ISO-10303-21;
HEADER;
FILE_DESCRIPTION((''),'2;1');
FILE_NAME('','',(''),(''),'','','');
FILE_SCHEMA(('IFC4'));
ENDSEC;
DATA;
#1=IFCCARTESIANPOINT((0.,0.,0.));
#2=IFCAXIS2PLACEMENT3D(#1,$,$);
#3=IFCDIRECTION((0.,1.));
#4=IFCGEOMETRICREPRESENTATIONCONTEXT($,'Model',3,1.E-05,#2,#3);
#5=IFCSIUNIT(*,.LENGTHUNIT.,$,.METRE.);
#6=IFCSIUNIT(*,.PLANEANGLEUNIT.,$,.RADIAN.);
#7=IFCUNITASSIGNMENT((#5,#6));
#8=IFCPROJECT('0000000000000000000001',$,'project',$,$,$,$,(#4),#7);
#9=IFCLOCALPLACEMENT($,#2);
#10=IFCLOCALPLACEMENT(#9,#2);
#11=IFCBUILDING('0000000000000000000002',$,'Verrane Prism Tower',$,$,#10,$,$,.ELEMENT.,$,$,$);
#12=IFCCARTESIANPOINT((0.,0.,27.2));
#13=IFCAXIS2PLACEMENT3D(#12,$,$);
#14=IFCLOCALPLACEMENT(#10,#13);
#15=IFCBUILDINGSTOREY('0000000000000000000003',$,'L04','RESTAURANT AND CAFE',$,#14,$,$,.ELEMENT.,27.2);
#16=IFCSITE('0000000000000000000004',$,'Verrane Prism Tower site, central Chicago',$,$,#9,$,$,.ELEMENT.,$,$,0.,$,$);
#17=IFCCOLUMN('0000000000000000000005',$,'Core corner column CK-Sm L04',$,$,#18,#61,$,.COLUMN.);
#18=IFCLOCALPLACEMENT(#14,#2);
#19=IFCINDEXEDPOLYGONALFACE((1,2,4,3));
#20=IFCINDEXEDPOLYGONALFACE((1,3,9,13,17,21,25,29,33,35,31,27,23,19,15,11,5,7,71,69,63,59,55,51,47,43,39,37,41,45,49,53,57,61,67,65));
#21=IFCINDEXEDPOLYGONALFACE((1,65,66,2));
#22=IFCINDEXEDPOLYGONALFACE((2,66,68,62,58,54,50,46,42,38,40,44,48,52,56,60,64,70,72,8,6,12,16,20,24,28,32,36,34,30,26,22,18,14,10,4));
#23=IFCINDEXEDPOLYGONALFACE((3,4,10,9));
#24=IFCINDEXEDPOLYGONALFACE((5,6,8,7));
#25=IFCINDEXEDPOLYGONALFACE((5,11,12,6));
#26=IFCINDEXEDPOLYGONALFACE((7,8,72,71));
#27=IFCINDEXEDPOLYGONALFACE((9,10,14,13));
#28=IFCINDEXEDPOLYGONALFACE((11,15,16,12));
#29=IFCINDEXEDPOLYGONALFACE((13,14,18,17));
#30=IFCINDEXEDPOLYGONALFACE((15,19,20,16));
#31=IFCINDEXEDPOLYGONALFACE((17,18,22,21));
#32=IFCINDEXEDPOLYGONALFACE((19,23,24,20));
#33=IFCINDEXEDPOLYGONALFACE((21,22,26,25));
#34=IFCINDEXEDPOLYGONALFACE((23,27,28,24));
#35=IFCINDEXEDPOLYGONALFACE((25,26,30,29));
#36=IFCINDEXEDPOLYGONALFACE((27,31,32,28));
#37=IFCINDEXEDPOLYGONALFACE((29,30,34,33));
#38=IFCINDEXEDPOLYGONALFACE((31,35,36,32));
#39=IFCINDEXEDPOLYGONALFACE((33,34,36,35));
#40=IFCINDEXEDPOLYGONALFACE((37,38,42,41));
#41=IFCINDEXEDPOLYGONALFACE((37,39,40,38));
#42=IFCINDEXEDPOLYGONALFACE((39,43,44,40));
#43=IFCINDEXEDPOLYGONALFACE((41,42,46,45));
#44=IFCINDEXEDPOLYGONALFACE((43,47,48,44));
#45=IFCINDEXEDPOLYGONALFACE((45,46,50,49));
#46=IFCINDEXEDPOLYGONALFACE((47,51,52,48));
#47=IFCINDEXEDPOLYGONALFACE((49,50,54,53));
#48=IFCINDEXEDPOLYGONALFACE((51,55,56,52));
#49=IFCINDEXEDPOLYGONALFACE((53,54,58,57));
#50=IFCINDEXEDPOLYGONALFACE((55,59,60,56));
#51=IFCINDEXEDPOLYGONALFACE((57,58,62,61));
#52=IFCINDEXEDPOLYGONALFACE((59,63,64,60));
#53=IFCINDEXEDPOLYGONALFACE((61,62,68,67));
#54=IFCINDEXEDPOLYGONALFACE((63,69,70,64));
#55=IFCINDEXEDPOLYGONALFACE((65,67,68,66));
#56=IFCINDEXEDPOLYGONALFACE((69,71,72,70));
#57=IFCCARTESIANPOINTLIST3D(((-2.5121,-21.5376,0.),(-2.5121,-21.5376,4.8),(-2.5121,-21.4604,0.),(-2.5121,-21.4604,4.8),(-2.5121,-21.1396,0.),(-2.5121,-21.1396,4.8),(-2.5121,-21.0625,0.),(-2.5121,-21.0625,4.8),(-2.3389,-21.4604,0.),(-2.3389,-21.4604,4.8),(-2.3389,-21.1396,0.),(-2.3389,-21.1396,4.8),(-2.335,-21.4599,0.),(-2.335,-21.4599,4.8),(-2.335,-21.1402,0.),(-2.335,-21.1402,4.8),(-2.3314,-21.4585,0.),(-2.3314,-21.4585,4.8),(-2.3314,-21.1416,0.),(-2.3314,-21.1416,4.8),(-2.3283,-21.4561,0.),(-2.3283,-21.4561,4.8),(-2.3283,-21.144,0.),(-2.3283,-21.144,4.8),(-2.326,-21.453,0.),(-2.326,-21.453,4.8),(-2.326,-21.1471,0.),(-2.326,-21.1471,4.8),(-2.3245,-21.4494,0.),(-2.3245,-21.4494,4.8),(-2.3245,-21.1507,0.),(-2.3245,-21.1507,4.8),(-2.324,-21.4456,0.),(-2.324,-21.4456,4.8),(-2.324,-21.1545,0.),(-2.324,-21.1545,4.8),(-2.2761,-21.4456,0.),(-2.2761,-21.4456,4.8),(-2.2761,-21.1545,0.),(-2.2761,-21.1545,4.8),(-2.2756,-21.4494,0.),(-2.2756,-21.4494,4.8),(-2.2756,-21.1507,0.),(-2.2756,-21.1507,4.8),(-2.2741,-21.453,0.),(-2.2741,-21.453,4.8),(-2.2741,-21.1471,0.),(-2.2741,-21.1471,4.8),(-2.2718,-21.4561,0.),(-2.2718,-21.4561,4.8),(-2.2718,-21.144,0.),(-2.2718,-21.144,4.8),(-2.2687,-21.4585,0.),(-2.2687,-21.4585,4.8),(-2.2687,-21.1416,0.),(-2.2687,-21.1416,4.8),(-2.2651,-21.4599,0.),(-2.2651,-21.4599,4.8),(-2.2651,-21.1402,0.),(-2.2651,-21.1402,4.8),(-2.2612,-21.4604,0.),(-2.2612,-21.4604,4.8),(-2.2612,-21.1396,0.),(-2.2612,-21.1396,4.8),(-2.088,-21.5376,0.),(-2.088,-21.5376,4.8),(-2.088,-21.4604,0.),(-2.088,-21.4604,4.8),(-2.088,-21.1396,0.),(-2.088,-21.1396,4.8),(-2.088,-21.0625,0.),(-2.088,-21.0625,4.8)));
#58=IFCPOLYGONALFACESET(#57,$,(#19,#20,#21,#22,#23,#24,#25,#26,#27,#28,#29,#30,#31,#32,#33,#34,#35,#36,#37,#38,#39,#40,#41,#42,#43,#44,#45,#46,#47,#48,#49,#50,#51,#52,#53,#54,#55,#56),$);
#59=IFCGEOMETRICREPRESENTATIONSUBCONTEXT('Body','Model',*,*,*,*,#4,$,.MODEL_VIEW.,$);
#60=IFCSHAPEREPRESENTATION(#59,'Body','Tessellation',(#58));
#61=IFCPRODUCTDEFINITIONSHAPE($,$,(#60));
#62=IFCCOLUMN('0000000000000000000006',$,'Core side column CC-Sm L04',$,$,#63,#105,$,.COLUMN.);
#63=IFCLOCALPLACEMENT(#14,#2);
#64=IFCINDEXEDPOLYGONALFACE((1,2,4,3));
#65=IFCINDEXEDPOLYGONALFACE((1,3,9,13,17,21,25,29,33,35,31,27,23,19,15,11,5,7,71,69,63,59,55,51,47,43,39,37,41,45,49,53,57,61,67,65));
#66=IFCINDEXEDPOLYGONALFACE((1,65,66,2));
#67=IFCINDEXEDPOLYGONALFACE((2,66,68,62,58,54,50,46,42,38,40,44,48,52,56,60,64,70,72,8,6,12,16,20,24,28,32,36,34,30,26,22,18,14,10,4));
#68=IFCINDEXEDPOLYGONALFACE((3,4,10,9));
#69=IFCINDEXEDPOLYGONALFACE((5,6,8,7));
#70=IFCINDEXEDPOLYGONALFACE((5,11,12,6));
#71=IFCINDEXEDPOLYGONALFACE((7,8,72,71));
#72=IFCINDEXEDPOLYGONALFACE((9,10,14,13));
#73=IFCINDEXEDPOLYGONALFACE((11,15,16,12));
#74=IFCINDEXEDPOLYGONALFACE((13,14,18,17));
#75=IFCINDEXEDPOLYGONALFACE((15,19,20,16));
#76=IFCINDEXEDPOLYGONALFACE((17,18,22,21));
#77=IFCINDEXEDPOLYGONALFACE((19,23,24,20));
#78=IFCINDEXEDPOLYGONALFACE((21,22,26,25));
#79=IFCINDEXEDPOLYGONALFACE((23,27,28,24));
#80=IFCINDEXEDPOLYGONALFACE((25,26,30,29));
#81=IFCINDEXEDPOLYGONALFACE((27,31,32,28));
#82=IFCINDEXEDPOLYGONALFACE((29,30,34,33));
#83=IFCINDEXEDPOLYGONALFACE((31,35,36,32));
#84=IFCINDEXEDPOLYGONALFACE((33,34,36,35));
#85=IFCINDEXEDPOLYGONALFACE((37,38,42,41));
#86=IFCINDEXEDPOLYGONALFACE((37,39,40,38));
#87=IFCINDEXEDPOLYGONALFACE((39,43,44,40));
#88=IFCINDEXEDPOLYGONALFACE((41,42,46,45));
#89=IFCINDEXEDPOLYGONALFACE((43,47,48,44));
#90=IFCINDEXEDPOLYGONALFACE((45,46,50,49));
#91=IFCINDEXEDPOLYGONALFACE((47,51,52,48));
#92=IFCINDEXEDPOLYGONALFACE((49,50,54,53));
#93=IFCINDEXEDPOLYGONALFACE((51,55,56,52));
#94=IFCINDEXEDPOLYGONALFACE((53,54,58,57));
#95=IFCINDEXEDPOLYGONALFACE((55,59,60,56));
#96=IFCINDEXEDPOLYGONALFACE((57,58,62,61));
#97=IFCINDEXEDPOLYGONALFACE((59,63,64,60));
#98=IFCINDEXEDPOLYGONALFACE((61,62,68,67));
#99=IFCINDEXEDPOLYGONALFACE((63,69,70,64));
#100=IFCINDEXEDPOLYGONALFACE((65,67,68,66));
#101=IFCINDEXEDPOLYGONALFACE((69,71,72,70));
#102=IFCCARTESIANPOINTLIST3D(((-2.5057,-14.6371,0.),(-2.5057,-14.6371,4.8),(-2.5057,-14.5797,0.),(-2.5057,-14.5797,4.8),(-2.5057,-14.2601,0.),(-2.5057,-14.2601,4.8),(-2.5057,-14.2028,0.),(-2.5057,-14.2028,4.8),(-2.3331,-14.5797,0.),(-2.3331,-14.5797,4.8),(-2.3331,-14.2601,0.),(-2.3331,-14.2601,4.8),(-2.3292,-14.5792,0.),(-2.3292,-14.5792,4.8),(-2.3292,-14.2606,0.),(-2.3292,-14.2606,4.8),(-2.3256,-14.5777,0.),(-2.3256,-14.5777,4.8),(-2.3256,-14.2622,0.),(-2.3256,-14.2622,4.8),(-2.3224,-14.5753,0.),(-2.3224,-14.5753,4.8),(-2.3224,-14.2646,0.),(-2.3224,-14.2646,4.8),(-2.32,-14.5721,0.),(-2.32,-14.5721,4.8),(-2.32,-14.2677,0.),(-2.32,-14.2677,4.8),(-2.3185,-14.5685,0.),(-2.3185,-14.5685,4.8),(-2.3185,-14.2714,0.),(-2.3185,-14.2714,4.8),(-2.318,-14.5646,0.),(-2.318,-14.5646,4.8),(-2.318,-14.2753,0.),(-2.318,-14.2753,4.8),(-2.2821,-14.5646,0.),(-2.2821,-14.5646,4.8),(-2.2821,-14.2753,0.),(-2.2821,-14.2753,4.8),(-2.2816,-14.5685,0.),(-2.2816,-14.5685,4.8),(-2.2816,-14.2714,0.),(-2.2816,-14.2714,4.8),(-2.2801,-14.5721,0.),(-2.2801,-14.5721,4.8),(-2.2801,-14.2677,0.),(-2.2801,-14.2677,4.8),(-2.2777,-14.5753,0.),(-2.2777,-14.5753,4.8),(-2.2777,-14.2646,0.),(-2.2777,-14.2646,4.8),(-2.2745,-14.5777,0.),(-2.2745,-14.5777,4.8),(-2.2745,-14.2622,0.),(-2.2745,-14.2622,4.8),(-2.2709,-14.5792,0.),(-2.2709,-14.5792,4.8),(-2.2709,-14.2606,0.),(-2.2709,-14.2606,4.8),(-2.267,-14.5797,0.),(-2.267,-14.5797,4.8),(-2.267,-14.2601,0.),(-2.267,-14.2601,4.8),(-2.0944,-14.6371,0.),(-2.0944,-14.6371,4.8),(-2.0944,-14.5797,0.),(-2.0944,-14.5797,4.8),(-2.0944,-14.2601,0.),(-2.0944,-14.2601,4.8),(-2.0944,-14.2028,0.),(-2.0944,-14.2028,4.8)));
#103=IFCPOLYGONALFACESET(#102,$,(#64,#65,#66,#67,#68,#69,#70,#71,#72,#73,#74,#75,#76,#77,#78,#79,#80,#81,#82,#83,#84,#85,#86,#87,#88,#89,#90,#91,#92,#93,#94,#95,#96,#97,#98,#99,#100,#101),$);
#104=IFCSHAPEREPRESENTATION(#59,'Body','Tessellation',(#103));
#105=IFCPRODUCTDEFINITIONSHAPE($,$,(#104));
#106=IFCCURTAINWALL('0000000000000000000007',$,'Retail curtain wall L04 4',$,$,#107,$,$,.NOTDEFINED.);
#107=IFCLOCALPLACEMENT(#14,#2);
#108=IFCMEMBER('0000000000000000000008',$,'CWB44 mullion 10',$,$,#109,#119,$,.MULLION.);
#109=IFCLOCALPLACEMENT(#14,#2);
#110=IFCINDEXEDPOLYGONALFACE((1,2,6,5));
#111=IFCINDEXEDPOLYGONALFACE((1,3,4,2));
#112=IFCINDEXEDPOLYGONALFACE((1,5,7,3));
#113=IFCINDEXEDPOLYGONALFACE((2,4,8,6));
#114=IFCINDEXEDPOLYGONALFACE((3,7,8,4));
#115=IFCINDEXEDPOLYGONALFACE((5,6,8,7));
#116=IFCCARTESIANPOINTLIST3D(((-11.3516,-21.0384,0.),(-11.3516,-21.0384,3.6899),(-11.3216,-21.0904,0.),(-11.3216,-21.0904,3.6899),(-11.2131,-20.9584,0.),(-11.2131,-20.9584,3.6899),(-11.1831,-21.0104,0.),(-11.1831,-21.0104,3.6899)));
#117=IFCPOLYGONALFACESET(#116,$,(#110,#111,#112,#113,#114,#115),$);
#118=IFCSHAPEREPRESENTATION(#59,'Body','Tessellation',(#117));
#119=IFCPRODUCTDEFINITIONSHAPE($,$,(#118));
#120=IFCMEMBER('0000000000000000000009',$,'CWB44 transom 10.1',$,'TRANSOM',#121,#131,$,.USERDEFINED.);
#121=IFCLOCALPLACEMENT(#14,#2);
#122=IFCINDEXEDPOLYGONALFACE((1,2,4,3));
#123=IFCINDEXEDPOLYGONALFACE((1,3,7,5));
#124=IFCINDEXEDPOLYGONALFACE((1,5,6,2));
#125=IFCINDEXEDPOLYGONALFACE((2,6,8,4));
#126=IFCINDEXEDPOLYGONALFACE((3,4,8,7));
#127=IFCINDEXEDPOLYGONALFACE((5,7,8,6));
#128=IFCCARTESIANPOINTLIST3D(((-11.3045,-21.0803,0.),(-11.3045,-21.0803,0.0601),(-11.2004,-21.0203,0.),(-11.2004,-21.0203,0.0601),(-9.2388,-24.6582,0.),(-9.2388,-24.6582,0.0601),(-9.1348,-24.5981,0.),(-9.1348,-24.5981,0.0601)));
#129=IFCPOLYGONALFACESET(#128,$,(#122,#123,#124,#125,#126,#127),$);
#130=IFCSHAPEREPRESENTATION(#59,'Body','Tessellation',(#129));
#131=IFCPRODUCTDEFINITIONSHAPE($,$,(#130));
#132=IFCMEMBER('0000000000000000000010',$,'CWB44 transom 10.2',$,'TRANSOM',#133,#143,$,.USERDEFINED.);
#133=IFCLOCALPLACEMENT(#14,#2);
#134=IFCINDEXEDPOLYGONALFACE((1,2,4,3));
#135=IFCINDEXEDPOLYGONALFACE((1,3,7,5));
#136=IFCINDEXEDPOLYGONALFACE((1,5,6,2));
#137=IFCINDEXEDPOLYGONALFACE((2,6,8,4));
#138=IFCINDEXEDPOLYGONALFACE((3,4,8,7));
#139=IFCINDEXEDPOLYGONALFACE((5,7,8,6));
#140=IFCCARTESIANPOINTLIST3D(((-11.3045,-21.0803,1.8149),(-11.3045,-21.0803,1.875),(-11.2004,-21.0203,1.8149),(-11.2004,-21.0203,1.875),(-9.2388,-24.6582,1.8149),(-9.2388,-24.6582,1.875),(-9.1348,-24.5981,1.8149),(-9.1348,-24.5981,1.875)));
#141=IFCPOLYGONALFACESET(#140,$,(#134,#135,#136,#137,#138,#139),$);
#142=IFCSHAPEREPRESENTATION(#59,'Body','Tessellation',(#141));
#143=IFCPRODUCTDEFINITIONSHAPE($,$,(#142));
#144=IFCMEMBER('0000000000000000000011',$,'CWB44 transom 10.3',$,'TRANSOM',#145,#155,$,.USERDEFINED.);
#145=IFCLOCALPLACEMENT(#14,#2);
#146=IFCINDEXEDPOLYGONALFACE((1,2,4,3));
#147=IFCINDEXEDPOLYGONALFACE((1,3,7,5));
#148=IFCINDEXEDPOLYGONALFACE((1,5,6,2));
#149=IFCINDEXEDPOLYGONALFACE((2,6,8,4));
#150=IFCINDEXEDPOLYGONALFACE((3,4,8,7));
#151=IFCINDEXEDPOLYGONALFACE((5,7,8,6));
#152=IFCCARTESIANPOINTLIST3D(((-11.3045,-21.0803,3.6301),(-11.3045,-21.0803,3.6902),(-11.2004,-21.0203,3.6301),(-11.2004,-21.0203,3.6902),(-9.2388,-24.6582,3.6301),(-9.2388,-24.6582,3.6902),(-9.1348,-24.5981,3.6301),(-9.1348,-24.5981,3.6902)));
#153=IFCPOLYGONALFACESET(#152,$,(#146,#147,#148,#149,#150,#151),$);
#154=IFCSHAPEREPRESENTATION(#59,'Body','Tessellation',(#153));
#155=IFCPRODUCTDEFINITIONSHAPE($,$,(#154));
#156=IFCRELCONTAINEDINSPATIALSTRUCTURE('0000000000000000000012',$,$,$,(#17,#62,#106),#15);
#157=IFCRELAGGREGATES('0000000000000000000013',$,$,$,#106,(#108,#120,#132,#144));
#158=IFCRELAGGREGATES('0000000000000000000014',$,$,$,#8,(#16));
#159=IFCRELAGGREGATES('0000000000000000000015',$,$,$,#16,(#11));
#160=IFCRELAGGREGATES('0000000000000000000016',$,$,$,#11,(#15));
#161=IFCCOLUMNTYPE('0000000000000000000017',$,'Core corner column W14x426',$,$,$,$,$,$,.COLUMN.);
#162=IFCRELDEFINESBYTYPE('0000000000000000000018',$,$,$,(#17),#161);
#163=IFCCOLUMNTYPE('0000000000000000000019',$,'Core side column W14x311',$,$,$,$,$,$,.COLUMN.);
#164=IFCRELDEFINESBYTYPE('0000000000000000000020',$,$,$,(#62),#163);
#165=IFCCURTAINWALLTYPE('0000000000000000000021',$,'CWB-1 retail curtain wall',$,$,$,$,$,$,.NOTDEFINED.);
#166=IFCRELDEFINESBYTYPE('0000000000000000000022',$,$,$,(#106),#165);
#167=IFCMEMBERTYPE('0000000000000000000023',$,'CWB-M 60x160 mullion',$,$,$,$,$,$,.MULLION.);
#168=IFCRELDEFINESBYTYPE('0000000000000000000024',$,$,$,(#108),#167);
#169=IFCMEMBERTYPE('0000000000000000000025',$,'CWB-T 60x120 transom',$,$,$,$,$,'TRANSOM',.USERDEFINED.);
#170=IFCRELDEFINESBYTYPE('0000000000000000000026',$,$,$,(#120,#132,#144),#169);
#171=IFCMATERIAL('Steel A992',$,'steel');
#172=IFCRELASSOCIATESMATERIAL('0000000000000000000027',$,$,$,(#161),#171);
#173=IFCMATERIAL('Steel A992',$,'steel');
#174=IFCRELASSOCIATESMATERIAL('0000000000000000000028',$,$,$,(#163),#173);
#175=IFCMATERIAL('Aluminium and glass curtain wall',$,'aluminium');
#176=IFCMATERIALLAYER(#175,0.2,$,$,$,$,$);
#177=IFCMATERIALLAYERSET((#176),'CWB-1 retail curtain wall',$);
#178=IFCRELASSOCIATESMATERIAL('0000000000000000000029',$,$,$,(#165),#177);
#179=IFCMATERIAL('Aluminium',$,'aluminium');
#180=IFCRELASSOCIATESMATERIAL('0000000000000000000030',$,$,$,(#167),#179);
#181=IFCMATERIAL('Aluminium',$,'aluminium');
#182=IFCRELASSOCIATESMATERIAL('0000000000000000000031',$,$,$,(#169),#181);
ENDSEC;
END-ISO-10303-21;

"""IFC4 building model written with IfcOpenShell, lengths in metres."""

from ifc_helpers import new_model, si_unit, direction, frame, origin, origin_2d, place, context, subcontext, project, spatial, rectangle, i_section, extrude, material, layer, layer_set, material_profile, profile_set, type_object, element, aggregate, save


model = new_model("IFC4")

# Units and contexts
model_context = context("Model", 3, precision=1e-05, world=origin(), true_north=direction((0.0, 1.0)))
body_context = subcontext(model_context, "Body", "Model", "MODEL_VIEW")
ifc_project = project(units=[si_unit("LENGTHUNIT", "METRE"), si_unit("PLANEANGLEUNIT", "RADIAN")], contexts=[model_context])

# Site, building, storey
site_placement = place(None, origin())
site = spatial("IfcSite", under=ifc_project, at=site_placement, Name="Verrane Prism Tower site, central Chicago", CompositionType="ELEMENT", RefElevation=0.0)
building_placement = place(site_placement, origin())
building = spatial("IfcBuilding", under=site, at=building_placement, Name="Verrane Prism Tower", CompositionType="ELEMENT")
storey_placement = place(building_placement, frame((0.0, 0.0, 27.2)))
storey = spatial("IfcBuildingStorey", under=building, at=storey_placement, Name="L04", Description="RESTAURANT AND CAFE", CompositionType="ELEMENT", Elevation=27.2)

# Columns
ifc_material_1 = material(Name="Steel A992", Category="steel")
ifc_material_profile_1 = material_profile(ifc_material_1, i_section(OverallWidth=0.4241, OverallDepth=0.4751, WebThickness=0.0479, FlangeThickness=0.0771, FilletRadius=0.0149, at=origin_2d()), Name="W14x426")
ifc_profile_set_1 = profile_set([ifc_material_profile_1], Name="Steel A992")
column_type_1 = type_object("IfcColumnType", Name="Core corner column W14x426", PredefinedType="COLUMN", material=ifc_profile_set_1)
column_1_placement = place(storey_placement, frame((-2.3, -21.3, 0.0), z_axis=(0.0, 0.0, 1.0), x_axis=(-1.0, 0.0, 0.0)))
element("IfcColumn", 1, at=column_1_placement, inside=storey, type_object=column_type_1, Name="Core corner column CK-Sm L04", PredefinedType="COLUMN", context=body_context, shape_type="SweptSolid", body=[
    extrude(i_section(OverallWidth=0.4241, OverallDepth=0.4751, WebThickness=0.0479, FlangeThickness=0.0771, FilletRadius=0.0149, at=origin_2d()), origin(), (0.0, 0.0, 1.0), 4.8),
])
ifc_material_2 = material(Name="Steel A992", Category="steel")
ifc_material_profile_2 = material_profile(ifc_material_2, i_section(OverallWidth=0.4114, OverallDepth=0.4343, WebThickness=0.0359, FlangeThickness=0.0574, FilletRadius=0.0151, at=origin_2d()), Name="W14x311")
ifc_profile_set_2 = profile_set([ifc_material_profile_2], Name="Steel A992")
column_type_2 = type_object("IfcColumnType", Name="Core side column W14x311", PredefinedType="COLUMN", material=ifc_profile_set_2)
column_2_placement = place(storey_placement, frame((-2.3, -14.4199, 0.0), z_axis=(0.0, 0.0, 1.0), x_axis=(1.0, 0.0, 0.0)))
element("IfcColumn", 2, at=column_2_placement, inside=storey, type_object=column_type_2, Name="Core side column CC-Sm L04", PredefinedType="COLUMN", context=body_context, shape_type="SweptSolid", body=[
    extrude(i_section(OverallWidth=0.4114, OverallDepth=0.4343, WebThickness=0.0359, FlangeThickness=0.0574, FilletRadius=0.0151, at=origin_2d()), origin(), (0.0, 0.0, 1.0), 4.8),
])

# Curtain wall, members
ifc_material_3 = material(Name="Aluminium and glass curtain wall", Category="aluminium")
ifc_layer_1 = layer(ifc_material_3, 0.2)
ifc_layer_set_1 = layer_set([ifc_layer_1], Name="CWB-1 retail curtain wall")
curtain_wall_type = type_object("IfcCurtainWallType", Name="CWB-1 retail curtain wall", PredefinedType="NOTDEFINED", material=ifc_layer_set_1)
curtain_wall_placement = place(storey_placement, origin())
curtain_wall = element("IfcCurtainWall", 3, at=curtain_wall_placement, inside=storey, type_object=curtain_wall_type, Name="Retail curtain wall L04 4", PredefinedType="NOTDEFINED")
ifc_material_4 = material(Name="Aluminium", Category="aluminium")
ifc_material_profile_3 = material_profile(ifc_material_4, rectangle(XDim=0.1599, YDim=0.0601, at=origin_2d()), Name="CWB-M 60x160 mullion")
ifc_profile_set_3 = profile_set([ifc_material_profile_3], Name="Aluminium")
member_type_1 = type_object("IfcMemberType", Name="CWB-M 60x160 mullion", PredefinedType="MULLION", material=ifc_profile_set_3)
member_1_placement = place(storey_placement, frame((-11.2673, -21.0244, 0.0), z_axis=(0.0, 0.0, 1.0), x_axis=(0.866025, 0.5, 0.0)))
member_1 = element("IfcMember", 4, at=member_1_placement, type_object=member_type_1, Name="CWB44 mullion 10", PredefinedType="MULLION", context=body_context, shape_type="SweptSolid", body=[
    extrude(rectangle(XDim=0.1599, YDim=0.0601, at=origin_2d()), origin(), (0.0, 0.0, 1.0), 3.6899),
])
ifc_material_5 = material(Name="Aluminium", Category="aluminium")
ifc_material_profile_4 = material_profile(ifc_material_5, rectangle(XDim=0.1201, YDim=0.0601, at=origin_2d()), Name="CWB-T 60x120 transom")
ifc_profile_set_4 = profile_set([ifc_material_profile_4], Name="Aluminium")
member_type_2 = type_object("IfcMemberType", Name="CWB-T 60x120 transom", ElementType="TRANSOM", PredefinedType="USERDEFINED", material=ifc_profile_set_4)
member_2_placement = place(storey_placement, frame((-11.2524, -21.0503, 0.03), z_axis=(0.499997, -0.866027, 0.0), x_axis=(0.866027, 0.499997, 0.0)))
member_2 = element("IfcMember", 5, at=member_2_placement, type_object=member_type_2, Name="CWB44 transom 10.1", ObjectType="TRANSOM", PredefinedType="USERDEFINED", context=body_context, shape_type="SweptSolid", body=[
    extrude(rectangle(XDim=0.1201, YDim=0.0601, at=origin_2d()), origin(), (0.0, 0.0, 1.0), 4.1313),
])
member_3_placement = place(storey_placement, frame((-11.2524, -21.0503, 1.845), z_axis=(0.499997, -0.866027, 0.0), x_axis=(0.866027, 0.499997, 0.0)))
member_3 = element("IfcMember", 6, at=member_3_placement, type_object=member_type_2, Name="CWB44 transom 10.2", ObjectType="TRANSOM", PredefinedType="USERDEFINED", context=body_context, shape_type="SweptSolid", body=[
    extrude(rectangle(XDim=0.1201, YDim=0.0601, at=origin_2d()), origin(), (0.0, 0.0, 1.0), 4.1313),
])
member_4_placement = place(storey_placement, frame((-11.2524, -21.0503, 3.6602), z_axis=(0.499997, -0.866027, 0.0), x_axis=(0.866027, 0.499997, 0.0)))
member_4 = element("IfcMember", 7, at=member_4_placement, type_object=member_type_2, Name="CWB44 transom 10.3", ObjectType="TRANSOM", PredefinedType="USERDEFINED", context=body_context, shape_type="SweptSolid", body=[
    extrude(rectangle(XDim=0.1201, YDim=0.0601, at=origin_2d()), origin(), (0.0, 0.0, 1.0), 4.1313),
])
aggregate(curtain_wall, [member_1, member_2, member_3, member_4])

save(model, "model.ifc")
